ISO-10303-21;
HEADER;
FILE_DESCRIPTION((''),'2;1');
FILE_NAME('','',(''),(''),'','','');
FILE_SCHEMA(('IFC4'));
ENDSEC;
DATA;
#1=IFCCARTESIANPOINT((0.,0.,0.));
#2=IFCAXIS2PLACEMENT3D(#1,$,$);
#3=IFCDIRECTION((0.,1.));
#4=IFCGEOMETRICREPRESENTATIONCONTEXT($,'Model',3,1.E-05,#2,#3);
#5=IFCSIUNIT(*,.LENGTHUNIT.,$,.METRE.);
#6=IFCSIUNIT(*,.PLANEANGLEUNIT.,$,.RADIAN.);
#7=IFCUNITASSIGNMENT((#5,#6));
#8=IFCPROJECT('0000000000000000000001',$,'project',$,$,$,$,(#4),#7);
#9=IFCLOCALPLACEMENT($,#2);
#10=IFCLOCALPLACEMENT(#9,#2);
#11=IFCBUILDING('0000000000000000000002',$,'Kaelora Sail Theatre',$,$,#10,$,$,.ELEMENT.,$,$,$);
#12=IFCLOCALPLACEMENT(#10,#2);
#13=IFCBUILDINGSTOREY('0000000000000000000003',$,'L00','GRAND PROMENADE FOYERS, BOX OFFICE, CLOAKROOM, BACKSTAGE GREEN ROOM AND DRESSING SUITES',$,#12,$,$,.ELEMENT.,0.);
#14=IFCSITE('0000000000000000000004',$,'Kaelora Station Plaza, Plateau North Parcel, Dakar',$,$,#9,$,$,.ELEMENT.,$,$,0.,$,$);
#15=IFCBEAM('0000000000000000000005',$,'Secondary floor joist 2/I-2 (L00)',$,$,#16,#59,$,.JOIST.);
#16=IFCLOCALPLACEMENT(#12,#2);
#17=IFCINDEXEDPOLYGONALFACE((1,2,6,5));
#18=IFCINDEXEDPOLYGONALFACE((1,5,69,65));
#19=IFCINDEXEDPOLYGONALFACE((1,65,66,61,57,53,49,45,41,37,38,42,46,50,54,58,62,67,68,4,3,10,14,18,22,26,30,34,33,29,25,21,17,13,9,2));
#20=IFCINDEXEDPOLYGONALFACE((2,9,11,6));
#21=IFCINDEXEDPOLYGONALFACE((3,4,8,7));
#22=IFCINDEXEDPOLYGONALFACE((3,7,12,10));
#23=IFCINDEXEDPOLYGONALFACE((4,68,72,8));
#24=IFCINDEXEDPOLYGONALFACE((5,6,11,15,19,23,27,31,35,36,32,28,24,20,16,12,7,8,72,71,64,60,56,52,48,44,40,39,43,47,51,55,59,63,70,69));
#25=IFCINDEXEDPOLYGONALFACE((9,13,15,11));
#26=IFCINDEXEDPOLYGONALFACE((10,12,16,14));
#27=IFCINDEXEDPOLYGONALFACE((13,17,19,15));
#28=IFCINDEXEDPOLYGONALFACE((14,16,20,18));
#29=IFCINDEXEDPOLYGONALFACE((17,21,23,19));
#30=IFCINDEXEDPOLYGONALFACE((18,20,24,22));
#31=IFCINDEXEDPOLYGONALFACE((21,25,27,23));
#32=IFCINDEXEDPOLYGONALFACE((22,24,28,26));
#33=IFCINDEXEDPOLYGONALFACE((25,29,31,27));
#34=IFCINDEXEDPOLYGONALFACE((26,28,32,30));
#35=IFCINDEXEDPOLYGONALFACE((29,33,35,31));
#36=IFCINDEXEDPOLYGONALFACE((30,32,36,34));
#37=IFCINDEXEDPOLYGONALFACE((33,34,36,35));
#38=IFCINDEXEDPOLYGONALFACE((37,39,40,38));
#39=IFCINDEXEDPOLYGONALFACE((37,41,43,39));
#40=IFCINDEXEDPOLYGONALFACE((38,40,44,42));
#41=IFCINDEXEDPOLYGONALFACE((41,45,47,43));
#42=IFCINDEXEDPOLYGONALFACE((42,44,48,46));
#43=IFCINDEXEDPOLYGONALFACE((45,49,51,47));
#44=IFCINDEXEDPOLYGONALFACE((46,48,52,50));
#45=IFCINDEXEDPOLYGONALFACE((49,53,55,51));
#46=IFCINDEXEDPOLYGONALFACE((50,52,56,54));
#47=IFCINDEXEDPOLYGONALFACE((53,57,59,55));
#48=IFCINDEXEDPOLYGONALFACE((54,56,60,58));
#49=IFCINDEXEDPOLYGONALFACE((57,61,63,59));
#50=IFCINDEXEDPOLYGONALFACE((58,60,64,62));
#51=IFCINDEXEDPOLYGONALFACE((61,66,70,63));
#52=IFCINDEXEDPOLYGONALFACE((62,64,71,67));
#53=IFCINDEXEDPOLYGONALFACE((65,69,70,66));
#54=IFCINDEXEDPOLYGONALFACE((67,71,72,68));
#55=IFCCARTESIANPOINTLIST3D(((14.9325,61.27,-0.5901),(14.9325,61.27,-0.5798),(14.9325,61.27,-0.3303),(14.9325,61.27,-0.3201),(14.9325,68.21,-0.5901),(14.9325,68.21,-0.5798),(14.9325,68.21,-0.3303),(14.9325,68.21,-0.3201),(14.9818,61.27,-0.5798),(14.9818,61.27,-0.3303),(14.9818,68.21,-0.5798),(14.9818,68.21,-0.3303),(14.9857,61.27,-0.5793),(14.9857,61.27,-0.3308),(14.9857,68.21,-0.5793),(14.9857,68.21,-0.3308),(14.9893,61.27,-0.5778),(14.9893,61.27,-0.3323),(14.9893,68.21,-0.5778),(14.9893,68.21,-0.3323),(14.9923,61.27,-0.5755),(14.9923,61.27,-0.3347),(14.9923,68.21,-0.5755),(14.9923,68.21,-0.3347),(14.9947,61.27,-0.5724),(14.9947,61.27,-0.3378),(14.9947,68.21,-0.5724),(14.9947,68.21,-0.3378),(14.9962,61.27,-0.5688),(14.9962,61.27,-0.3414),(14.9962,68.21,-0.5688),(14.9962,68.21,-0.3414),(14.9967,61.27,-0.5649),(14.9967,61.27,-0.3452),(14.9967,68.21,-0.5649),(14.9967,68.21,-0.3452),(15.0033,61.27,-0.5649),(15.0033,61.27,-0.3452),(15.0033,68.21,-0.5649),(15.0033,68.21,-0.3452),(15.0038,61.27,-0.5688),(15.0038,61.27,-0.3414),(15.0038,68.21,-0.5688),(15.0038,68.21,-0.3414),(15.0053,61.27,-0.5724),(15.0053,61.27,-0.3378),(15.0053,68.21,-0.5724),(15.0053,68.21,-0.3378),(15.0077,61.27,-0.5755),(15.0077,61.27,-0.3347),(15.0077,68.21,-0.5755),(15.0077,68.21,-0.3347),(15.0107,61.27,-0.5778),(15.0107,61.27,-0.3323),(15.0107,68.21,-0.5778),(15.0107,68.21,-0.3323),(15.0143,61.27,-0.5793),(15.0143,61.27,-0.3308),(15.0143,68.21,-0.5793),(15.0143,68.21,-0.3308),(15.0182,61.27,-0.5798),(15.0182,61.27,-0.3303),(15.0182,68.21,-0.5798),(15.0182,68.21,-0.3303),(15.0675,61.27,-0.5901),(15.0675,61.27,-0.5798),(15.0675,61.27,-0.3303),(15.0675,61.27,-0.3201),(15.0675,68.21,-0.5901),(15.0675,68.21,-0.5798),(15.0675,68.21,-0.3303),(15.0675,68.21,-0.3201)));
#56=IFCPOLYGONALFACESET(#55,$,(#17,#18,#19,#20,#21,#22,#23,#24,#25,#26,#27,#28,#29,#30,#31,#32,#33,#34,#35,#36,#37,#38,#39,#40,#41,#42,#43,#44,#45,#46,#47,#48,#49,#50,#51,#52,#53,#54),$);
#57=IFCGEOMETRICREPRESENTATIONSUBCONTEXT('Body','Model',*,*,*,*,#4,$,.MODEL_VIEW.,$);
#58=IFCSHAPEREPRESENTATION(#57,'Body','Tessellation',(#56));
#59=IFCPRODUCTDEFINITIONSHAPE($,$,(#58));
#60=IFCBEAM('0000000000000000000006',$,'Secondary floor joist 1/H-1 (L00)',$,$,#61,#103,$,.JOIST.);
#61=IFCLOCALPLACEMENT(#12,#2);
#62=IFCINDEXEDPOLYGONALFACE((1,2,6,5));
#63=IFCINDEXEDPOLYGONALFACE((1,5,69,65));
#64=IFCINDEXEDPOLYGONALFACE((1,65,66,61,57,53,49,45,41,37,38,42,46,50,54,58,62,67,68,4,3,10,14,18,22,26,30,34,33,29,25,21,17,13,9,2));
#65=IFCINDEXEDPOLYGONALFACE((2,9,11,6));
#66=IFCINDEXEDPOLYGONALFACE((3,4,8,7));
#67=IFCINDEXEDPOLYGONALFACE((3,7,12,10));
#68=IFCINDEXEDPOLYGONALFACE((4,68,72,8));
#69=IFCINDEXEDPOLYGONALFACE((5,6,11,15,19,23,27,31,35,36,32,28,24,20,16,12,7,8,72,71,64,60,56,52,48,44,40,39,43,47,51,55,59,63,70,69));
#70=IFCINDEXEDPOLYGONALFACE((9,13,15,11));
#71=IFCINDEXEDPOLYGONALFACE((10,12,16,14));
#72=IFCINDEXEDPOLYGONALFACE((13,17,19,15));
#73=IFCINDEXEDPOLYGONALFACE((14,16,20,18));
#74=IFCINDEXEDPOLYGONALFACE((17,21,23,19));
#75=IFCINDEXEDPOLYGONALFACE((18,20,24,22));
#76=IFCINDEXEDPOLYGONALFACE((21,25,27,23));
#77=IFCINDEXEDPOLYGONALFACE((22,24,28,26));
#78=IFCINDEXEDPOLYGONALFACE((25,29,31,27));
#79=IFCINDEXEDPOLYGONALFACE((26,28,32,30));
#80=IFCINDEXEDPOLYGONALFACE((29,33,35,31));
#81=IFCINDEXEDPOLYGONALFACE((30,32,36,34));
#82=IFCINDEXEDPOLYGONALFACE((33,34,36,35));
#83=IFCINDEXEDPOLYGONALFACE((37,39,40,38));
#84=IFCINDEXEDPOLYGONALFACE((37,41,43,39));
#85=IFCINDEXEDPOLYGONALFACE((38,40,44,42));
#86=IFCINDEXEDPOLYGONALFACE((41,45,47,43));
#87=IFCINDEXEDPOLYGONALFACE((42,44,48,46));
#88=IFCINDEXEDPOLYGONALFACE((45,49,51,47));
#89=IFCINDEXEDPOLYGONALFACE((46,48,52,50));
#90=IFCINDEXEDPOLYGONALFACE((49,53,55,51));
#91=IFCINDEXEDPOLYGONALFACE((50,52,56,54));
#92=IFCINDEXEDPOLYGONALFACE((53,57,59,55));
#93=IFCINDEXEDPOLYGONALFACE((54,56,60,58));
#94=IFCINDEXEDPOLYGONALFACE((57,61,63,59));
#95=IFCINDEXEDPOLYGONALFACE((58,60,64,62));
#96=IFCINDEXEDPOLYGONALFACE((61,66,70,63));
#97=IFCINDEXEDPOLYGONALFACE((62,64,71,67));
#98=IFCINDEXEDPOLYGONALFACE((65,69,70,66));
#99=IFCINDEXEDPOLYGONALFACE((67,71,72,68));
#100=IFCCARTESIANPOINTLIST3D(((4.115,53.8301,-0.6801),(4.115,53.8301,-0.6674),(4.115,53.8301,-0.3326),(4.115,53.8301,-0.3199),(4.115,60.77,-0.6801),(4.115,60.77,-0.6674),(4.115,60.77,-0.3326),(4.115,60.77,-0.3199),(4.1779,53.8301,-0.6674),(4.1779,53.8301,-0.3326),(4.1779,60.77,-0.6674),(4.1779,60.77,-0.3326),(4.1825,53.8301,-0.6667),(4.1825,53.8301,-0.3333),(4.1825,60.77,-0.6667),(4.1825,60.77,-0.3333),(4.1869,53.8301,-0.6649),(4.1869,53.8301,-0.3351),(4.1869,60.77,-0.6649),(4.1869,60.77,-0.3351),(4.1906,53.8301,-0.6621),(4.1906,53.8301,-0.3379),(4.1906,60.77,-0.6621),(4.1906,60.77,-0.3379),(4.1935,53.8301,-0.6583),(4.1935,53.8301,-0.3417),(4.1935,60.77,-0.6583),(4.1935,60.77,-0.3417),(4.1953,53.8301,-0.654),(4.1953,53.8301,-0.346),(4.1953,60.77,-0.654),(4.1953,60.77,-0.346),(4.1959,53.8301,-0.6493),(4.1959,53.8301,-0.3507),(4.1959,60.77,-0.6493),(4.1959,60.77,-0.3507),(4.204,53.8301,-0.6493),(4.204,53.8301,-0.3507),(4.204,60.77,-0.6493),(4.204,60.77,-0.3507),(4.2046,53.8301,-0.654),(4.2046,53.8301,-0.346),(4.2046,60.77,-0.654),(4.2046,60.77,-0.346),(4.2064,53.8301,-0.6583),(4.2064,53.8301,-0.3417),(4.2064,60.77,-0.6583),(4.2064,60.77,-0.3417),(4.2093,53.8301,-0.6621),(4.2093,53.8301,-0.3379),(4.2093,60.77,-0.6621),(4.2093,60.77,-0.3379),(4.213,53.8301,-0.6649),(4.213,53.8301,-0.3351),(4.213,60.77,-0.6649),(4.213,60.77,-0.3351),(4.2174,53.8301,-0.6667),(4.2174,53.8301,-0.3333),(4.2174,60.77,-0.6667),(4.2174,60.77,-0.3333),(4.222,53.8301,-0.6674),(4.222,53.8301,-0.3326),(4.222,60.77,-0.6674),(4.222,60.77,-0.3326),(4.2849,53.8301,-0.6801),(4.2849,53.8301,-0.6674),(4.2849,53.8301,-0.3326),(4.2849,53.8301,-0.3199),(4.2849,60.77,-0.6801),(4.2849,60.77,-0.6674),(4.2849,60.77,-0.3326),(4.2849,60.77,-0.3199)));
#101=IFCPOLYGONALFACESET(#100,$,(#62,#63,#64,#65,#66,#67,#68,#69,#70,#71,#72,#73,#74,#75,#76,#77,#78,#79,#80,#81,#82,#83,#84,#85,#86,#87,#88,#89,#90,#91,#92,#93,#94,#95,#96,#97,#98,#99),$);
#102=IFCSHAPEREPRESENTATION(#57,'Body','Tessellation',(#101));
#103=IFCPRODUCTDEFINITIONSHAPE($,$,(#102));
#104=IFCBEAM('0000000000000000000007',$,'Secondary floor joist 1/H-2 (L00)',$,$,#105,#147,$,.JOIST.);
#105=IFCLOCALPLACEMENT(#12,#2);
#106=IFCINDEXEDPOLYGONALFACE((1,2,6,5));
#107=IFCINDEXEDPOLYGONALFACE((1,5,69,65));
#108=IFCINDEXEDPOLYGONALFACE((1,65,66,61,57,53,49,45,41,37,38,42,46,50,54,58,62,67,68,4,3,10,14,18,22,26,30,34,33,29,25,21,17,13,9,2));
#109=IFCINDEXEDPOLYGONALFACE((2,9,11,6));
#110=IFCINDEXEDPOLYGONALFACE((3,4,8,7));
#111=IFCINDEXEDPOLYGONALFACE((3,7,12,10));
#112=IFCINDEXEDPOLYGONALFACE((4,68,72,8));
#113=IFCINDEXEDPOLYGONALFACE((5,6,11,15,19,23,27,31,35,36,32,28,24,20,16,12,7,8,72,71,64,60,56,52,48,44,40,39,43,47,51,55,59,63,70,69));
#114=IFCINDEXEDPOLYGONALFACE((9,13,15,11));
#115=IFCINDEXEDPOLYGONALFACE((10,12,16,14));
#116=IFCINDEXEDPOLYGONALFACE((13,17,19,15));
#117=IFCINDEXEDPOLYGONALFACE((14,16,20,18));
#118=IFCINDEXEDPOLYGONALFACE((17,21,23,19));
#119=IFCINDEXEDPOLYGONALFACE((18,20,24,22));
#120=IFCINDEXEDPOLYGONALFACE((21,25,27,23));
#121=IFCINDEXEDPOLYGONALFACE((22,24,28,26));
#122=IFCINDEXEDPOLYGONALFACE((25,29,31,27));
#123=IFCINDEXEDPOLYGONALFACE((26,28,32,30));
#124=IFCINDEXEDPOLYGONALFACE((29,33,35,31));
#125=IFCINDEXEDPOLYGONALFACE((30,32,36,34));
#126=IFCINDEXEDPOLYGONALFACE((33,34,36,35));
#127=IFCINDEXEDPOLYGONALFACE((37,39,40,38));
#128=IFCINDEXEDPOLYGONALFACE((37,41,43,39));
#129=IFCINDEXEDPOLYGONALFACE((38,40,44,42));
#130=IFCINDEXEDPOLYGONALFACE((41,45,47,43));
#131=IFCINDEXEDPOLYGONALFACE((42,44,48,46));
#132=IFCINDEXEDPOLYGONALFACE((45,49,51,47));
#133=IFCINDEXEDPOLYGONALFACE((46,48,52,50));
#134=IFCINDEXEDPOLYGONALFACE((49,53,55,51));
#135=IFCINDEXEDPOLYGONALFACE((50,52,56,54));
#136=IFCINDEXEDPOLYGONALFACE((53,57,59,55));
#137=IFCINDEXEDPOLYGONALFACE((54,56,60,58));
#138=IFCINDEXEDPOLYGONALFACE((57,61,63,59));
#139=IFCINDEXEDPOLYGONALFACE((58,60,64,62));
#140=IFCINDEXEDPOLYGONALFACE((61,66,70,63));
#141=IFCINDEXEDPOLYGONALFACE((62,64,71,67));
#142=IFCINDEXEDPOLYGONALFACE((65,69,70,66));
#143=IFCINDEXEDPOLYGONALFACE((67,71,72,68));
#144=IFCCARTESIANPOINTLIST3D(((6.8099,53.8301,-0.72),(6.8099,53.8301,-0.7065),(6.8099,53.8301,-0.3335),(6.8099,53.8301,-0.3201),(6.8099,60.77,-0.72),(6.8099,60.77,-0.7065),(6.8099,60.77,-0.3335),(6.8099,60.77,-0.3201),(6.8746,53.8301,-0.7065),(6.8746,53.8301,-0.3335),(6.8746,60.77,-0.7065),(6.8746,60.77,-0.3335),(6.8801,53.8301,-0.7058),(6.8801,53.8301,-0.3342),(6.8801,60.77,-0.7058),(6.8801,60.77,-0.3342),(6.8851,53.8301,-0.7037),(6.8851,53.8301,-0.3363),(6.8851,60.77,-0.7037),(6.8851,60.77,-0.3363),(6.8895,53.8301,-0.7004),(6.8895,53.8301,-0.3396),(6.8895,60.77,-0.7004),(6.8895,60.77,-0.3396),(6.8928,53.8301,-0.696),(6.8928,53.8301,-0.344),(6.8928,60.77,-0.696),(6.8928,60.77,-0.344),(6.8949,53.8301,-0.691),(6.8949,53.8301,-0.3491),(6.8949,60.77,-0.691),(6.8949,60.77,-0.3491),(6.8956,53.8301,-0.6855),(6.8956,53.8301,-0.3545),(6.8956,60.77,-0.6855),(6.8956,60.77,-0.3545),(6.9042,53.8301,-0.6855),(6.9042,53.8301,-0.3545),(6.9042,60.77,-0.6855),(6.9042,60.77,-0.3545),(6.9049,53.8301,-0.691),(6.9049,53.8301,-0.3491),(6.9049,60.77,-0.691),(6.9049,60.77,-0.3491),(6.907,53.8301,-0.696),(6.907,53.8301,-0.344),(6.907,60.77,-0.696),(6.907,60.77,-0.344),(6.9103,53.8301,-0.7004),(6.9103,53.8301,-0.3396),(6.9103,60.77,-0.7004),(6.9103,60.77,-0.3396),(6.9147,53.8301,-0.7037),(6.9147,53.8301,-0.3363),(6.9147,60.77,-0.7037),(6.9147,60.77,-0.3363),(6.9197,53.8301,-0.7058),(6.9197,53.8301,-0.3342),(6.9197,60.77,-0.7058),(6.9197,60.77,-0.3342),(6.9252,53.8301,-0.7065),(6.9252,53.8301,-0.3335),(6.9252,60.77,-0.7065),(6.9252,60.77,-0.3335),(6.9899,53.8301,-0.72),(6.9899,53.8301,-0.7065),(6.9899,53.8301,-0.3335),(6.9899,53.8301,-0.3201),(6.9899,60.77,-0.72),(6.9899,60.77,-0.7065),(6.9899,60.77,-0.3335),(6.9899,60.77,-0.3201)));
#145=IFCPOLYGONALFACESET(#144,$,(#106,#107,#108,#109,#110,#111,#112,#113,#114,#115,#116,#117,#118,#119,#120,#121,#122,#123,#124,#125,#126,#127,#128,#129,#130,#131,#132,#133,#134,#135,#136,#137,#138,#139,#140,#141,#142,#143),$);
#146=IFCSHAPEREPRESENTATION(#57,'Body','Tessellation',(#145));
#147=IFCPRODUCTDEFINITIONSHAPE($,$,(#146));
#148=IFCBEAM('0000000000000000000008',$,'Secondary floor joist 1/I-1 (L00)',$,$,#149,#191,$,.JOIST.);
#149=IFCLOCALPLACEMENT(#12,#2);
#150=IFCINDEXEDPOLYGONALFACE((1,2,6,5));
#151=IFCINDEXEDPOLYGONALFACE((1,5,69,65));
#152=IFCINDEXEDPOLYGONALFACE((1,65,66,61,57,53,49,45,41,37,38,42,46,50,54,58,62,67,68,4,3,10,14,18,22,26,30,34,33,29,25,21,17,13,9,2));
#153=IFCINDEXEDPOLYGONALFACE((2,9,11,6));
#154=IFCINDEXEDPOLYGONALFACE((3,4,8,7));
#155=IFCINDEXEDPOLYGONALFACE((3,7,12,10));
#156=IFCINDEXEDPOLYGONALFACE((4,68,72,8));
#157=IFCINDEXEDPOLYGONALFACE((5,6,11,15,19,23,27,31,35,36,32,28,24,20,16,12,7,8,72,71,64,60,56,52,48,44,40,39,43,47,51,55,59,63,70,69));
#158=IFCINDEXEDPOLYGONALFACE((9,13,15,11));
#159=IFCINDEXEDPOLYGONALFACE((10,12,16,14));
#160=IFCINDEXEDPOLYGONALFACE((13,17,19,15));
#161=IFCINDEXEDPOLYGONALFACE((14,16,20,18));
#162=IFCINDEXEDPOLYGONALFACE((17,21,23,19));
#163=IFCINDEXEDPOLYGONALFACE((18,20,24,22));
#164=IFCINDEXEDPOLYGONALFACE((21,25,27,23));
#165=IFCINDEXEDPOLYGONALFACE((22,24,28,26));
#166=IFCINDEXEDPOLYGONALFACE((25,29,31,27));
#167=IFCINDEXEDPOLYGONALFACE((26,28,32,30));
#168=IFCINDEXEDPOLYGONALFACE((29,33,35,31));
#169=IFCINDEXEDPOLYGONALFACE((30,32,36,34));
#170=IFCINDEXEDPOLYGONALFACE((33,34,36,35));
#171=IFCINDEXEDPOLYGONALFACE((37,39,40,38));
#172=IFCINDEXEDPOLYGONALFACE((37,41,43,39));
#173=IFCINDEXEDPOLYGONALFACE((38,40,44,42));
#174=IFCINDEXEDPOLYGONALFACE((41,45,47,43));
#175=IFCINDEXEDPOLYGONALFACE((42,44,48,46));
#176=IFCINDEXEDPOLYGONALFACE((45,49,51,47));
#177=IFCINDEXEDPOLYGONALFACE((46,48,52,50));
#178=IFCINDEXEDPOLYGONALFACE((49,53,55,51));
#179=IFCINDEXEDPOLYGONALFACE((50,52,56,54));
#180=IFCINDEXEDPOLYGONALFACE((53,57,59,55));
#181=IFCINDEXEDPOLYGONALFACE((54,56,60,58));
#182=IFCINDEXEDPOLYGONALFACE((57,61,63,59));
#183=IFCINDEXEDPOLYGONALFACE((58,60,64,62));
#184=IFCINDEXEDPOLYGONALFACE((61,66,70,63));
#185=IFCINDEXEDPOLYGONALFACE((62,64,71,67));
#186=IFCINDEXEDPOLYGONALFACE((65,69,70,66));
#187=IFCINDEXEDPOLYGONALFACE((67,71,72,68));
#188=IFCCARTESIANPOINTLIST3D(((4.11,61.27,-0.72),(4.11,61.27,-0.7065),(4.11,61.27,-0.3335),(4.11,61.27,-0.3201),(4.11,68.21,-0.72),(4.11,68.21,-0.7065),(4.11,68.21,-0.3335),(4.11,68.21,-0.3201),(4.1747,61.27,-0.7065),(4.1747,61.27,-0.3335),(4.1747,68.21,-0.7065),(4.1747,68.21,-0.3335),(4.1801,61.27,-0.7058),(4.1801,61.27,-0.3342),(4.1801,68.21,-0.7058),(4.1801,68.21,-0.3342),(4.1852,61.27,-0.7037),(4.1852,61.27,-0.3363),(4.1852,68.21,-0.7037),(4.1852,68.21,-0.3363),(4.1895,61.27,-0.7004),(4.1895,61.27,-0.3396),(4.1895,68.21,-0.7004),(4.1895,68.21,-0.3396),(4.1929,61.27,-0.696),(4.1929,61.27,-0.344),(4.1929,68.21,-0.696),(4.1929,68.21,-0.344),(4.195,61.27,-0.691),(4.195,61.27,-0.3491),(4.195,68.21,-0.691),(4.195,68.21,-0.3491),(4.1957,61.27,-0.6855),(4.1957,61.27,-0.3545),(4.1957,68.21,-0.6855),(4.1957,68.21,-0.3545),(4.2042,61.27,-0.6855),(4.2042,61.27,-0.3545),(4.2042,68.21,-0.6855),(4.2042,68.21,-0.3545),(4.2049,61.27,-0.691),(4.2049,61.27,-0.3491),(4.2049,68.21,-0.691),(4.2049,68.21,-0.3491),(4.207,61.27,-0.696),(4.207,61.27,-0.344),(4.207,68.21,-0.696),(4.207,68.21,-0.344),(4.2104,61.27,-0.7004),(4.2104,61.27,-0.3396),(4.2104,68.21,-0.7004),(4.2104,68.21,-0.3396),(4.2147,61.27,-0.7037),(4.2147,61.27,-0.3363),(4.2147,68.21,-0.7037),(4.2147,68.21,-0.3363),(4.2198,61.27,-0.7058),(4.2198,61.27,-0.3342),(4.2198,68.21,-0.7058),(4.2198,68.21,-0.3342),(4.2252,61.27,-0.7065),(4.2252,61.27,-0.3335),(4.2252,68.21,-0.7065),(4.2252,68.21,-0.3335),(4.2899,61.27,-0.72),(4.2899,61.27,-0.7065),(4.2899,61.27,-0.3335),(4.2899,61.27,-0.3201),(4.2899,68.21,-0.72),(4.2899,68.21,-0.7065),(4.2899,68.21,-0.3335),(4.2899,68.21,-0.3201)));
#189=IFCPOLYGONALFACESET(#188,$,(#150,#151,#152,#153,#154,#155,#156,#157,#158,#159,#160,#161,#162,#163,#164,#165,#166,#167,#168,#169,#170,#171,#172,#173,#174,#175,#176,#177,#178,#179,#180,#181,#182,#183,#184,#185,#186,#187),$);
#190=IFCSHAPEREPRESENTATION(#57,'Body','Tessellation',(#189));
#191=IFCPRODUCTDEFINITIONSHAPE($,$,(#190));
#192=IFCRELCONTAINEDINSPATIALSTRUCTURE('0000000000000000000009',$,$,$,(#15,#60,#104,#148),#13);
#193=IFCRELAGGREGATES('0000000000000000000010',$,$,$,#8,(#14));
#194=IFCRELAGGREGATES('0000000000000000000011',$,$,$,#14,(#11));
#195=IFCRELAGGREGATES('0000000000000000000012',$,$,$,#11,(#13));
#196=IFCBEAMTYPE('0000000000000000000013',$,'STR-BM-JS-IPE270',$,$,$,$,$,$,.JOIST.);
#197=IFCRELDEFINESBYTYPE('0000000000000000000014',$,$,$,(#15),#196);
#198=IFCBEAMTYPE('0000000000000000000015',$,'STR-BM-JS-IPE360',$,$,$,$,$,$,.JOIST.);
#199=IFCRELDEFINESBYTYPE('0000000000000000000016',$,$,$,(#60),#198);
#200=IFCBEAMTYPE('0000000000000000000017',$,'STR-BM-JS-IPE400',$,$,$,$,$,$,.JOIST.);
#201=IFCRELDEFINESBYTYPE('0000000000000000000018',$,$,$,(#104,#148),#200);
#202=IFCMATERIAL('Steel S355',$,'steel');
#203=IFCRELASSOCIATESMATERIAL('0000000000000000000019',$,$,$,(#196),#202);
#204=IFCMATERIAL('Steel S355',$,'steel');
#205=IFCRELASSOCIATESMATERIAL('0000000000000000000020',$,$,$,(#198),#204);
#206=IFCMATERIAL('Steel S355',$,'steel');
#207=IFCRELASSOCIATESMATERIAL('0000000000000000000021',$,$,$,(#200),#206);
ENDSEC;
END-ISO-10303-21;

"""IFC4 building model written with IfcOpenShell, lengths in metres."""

from ifc_helpers import new_model, si_unit, direction, frame, origin, origin_2d, place, context, subcontext, project, spatial, i_section, extrude, material, material_profile, profile_set, type_object, element, save


model = new_model("IFC4")

# Units and contexts
model_context = context("Model", 3, precision=1e-05, world=origin(), true_north=direction((0.0, 1.0)))
body_context = subcontext(model_context, "Body", "Model", "MODEL_VIEW")
ifc_project = project(units=[si_unit("LENGTHUNIT", "METRE"), si_unit("PLANEANGLEUNIT", "RADIAN")], contexts=[model_context])

# Site, building, storey
site_placement = place(None, origin())
site = spatial("IfcSite", under=ifc_project, at=site_placement, Name="Kaelora Station Plaza, Plateau North Parcel, Dakar", CompositionType="ELEMENT", RefElevation=0.0)
building_placement = place(site_placement, origin())
building = spatial("IfcBuilding", under=site, at=building_placement, Name="Kaelora Sail Theatre", CompositionType="ELEMENT")
storey_placement = place(building_placement, origin())
storey = spatial("IfcBuildingStorey", under=building, at=storey_placement, Name="L00", Description="GRAND PROMENADE FOYERS, BOX OFFICE, CLOAKROOM, BACKSTAGE GREEN ROOM AND DRESSING SUITES", CompositionType="ELEMENT", Elevation=0.0)

# Beams
ifc_material_1 = material(Name="Steel S355", Category="steel")
ifc_material_profile_1 = material_profile(ifc_material_1, i_section(OverallWidth=0.135, OverallDepth=0.27, WebThickness=0.0066, FlangeThickness=0.0103, FilletRadius=0.0149, at=origin_2d()), Name="IPE 270")
ifc_profile_set_1 = profile_set([ifc_material_profile_1], Name="Steel S355")
beam_type_1 = type_object("IfcBeamType", Name="STR-BM-JS-IPE270", PredefinedType="JOIST", material=ifc_profile_set_1)
beam_1_placement = place(storey_placement, frame((15.0, 61.27, -0.4551), z_axis=(0.0, 1.0, 0.0), x_axis=(-1.0, 0.0, 0.0)))
element("IfcBeam", 1, at=beam_1_placement, inside=storey, type_object=beam_type_1, Name="Secondary floor joist 2/I-2 (L00)", PredefinedType="JOIST", context=body_context, shape_type="SweptSolid", body=[
    extrude(i_section(OverallWidth=0.135, OverallDepth=0.27, WebThickness=0.0066, FlangeThickness=0.0103, FilletRadius=0.0149, at=origin_2d()), origin(), (0.0, 0.0, 1.0), 6.9399),
])
ifc_material_2 = material(Name="Steel S355", Category="steel")
ifc_material_profile_2 = material_profile(ifc_material_2, i_section(OverallWidth=0.1699, OverallDepth=0.3601, WebThickness=0.0081, FlangeThickness=0.0127, FilletRadius=0.0181, at=origin_2d()), Name="IPE 360")
ifc_profile_set_2 = profile_set([ifc_material_profile_2], Name="Steel S355")
beam_type_2 = type_object("IfcBeamType", Name="STR-BM-JS-IPE360", PredefinedType="JOIST", material=ifc_profile_set_2)
beam_2_placement = place(storey_placement, frame((4.2, 53.8301, -0.5), z_axis=(0.0, 1.0, 0.0), x_axis=(-1.0, 0.0, 0.0)))
element("IfcBeam", 2, at=beam_2_placement, inside=storey, type_object=beam_type_2, Name="Secondary floor joist 1/H-1 (L00)", PredefinedType="JOIST", context=body_context, shape_type="SweptSolid", body=[
    extrude(i_section(OverallWidth=0.1699, OverallDepth=0.3601, WebThickness=0.0081, FlangeThickness=0.0127, FilletRadius=0.0181, at=origin_2d()), origin(), (0.0, 0.0, 1.0), 6.9399),
])
ifc_material_3 = material(Name="Steel S355", Category="steel")
ifc_material_profile_3 = material_profile(ifc_material_3, i_section(OverallWidth=0.1799, OverallDepth=0.3999, WebThickness=0.0085, FlangeThickness=0.0134, FilletRadius=0.021, at=origin_2d()), Name="IPE 400")
ifc_profile_set_3 = profile_set([ifc_material_profile_3], Name="Steel S355")
beam_type_3 = type_object("IfcBeamType", Name="STR-BM-JS-IPE400", PredefinedType="JOIST", material=ifc_profile_set_3)
for number, where, z_axis, x_axis, name in (
    (3, (6.8999, 53.8301, -0.52), (0.0, 1.0, 0.0), (-1.0, 0.0, 0.0), "Secondary floor joist 1/H-2 (L00)"),
    (4, (4.2, 61.27, -0.52), (0.0, 1.0, 0.0), (-1.0, 0.0, 0.0), "Secondary floor joist 1/I-1 (L00)"),
):
    element("IfcBeam", number, at=place(storey_placement, frame(where, z_axis=z_axis, x_axis=x_axis)), inside=storey, type_object=beam_type_3, Name=name, PredefinedType="JOIST", context=body_context, shape_type="SweptSolid", body=[
        extrude(i_section(OverallWidth=0.1799, OverallDepth=0.3999, WebThickness=0.0085, FlangeThickness=0.0134, FilletRadius=0.021, at=origin_2d()), origin(), (0.0, 0.0, 1.0), 6.9399),
    ])

save(model, "model.ifc")
